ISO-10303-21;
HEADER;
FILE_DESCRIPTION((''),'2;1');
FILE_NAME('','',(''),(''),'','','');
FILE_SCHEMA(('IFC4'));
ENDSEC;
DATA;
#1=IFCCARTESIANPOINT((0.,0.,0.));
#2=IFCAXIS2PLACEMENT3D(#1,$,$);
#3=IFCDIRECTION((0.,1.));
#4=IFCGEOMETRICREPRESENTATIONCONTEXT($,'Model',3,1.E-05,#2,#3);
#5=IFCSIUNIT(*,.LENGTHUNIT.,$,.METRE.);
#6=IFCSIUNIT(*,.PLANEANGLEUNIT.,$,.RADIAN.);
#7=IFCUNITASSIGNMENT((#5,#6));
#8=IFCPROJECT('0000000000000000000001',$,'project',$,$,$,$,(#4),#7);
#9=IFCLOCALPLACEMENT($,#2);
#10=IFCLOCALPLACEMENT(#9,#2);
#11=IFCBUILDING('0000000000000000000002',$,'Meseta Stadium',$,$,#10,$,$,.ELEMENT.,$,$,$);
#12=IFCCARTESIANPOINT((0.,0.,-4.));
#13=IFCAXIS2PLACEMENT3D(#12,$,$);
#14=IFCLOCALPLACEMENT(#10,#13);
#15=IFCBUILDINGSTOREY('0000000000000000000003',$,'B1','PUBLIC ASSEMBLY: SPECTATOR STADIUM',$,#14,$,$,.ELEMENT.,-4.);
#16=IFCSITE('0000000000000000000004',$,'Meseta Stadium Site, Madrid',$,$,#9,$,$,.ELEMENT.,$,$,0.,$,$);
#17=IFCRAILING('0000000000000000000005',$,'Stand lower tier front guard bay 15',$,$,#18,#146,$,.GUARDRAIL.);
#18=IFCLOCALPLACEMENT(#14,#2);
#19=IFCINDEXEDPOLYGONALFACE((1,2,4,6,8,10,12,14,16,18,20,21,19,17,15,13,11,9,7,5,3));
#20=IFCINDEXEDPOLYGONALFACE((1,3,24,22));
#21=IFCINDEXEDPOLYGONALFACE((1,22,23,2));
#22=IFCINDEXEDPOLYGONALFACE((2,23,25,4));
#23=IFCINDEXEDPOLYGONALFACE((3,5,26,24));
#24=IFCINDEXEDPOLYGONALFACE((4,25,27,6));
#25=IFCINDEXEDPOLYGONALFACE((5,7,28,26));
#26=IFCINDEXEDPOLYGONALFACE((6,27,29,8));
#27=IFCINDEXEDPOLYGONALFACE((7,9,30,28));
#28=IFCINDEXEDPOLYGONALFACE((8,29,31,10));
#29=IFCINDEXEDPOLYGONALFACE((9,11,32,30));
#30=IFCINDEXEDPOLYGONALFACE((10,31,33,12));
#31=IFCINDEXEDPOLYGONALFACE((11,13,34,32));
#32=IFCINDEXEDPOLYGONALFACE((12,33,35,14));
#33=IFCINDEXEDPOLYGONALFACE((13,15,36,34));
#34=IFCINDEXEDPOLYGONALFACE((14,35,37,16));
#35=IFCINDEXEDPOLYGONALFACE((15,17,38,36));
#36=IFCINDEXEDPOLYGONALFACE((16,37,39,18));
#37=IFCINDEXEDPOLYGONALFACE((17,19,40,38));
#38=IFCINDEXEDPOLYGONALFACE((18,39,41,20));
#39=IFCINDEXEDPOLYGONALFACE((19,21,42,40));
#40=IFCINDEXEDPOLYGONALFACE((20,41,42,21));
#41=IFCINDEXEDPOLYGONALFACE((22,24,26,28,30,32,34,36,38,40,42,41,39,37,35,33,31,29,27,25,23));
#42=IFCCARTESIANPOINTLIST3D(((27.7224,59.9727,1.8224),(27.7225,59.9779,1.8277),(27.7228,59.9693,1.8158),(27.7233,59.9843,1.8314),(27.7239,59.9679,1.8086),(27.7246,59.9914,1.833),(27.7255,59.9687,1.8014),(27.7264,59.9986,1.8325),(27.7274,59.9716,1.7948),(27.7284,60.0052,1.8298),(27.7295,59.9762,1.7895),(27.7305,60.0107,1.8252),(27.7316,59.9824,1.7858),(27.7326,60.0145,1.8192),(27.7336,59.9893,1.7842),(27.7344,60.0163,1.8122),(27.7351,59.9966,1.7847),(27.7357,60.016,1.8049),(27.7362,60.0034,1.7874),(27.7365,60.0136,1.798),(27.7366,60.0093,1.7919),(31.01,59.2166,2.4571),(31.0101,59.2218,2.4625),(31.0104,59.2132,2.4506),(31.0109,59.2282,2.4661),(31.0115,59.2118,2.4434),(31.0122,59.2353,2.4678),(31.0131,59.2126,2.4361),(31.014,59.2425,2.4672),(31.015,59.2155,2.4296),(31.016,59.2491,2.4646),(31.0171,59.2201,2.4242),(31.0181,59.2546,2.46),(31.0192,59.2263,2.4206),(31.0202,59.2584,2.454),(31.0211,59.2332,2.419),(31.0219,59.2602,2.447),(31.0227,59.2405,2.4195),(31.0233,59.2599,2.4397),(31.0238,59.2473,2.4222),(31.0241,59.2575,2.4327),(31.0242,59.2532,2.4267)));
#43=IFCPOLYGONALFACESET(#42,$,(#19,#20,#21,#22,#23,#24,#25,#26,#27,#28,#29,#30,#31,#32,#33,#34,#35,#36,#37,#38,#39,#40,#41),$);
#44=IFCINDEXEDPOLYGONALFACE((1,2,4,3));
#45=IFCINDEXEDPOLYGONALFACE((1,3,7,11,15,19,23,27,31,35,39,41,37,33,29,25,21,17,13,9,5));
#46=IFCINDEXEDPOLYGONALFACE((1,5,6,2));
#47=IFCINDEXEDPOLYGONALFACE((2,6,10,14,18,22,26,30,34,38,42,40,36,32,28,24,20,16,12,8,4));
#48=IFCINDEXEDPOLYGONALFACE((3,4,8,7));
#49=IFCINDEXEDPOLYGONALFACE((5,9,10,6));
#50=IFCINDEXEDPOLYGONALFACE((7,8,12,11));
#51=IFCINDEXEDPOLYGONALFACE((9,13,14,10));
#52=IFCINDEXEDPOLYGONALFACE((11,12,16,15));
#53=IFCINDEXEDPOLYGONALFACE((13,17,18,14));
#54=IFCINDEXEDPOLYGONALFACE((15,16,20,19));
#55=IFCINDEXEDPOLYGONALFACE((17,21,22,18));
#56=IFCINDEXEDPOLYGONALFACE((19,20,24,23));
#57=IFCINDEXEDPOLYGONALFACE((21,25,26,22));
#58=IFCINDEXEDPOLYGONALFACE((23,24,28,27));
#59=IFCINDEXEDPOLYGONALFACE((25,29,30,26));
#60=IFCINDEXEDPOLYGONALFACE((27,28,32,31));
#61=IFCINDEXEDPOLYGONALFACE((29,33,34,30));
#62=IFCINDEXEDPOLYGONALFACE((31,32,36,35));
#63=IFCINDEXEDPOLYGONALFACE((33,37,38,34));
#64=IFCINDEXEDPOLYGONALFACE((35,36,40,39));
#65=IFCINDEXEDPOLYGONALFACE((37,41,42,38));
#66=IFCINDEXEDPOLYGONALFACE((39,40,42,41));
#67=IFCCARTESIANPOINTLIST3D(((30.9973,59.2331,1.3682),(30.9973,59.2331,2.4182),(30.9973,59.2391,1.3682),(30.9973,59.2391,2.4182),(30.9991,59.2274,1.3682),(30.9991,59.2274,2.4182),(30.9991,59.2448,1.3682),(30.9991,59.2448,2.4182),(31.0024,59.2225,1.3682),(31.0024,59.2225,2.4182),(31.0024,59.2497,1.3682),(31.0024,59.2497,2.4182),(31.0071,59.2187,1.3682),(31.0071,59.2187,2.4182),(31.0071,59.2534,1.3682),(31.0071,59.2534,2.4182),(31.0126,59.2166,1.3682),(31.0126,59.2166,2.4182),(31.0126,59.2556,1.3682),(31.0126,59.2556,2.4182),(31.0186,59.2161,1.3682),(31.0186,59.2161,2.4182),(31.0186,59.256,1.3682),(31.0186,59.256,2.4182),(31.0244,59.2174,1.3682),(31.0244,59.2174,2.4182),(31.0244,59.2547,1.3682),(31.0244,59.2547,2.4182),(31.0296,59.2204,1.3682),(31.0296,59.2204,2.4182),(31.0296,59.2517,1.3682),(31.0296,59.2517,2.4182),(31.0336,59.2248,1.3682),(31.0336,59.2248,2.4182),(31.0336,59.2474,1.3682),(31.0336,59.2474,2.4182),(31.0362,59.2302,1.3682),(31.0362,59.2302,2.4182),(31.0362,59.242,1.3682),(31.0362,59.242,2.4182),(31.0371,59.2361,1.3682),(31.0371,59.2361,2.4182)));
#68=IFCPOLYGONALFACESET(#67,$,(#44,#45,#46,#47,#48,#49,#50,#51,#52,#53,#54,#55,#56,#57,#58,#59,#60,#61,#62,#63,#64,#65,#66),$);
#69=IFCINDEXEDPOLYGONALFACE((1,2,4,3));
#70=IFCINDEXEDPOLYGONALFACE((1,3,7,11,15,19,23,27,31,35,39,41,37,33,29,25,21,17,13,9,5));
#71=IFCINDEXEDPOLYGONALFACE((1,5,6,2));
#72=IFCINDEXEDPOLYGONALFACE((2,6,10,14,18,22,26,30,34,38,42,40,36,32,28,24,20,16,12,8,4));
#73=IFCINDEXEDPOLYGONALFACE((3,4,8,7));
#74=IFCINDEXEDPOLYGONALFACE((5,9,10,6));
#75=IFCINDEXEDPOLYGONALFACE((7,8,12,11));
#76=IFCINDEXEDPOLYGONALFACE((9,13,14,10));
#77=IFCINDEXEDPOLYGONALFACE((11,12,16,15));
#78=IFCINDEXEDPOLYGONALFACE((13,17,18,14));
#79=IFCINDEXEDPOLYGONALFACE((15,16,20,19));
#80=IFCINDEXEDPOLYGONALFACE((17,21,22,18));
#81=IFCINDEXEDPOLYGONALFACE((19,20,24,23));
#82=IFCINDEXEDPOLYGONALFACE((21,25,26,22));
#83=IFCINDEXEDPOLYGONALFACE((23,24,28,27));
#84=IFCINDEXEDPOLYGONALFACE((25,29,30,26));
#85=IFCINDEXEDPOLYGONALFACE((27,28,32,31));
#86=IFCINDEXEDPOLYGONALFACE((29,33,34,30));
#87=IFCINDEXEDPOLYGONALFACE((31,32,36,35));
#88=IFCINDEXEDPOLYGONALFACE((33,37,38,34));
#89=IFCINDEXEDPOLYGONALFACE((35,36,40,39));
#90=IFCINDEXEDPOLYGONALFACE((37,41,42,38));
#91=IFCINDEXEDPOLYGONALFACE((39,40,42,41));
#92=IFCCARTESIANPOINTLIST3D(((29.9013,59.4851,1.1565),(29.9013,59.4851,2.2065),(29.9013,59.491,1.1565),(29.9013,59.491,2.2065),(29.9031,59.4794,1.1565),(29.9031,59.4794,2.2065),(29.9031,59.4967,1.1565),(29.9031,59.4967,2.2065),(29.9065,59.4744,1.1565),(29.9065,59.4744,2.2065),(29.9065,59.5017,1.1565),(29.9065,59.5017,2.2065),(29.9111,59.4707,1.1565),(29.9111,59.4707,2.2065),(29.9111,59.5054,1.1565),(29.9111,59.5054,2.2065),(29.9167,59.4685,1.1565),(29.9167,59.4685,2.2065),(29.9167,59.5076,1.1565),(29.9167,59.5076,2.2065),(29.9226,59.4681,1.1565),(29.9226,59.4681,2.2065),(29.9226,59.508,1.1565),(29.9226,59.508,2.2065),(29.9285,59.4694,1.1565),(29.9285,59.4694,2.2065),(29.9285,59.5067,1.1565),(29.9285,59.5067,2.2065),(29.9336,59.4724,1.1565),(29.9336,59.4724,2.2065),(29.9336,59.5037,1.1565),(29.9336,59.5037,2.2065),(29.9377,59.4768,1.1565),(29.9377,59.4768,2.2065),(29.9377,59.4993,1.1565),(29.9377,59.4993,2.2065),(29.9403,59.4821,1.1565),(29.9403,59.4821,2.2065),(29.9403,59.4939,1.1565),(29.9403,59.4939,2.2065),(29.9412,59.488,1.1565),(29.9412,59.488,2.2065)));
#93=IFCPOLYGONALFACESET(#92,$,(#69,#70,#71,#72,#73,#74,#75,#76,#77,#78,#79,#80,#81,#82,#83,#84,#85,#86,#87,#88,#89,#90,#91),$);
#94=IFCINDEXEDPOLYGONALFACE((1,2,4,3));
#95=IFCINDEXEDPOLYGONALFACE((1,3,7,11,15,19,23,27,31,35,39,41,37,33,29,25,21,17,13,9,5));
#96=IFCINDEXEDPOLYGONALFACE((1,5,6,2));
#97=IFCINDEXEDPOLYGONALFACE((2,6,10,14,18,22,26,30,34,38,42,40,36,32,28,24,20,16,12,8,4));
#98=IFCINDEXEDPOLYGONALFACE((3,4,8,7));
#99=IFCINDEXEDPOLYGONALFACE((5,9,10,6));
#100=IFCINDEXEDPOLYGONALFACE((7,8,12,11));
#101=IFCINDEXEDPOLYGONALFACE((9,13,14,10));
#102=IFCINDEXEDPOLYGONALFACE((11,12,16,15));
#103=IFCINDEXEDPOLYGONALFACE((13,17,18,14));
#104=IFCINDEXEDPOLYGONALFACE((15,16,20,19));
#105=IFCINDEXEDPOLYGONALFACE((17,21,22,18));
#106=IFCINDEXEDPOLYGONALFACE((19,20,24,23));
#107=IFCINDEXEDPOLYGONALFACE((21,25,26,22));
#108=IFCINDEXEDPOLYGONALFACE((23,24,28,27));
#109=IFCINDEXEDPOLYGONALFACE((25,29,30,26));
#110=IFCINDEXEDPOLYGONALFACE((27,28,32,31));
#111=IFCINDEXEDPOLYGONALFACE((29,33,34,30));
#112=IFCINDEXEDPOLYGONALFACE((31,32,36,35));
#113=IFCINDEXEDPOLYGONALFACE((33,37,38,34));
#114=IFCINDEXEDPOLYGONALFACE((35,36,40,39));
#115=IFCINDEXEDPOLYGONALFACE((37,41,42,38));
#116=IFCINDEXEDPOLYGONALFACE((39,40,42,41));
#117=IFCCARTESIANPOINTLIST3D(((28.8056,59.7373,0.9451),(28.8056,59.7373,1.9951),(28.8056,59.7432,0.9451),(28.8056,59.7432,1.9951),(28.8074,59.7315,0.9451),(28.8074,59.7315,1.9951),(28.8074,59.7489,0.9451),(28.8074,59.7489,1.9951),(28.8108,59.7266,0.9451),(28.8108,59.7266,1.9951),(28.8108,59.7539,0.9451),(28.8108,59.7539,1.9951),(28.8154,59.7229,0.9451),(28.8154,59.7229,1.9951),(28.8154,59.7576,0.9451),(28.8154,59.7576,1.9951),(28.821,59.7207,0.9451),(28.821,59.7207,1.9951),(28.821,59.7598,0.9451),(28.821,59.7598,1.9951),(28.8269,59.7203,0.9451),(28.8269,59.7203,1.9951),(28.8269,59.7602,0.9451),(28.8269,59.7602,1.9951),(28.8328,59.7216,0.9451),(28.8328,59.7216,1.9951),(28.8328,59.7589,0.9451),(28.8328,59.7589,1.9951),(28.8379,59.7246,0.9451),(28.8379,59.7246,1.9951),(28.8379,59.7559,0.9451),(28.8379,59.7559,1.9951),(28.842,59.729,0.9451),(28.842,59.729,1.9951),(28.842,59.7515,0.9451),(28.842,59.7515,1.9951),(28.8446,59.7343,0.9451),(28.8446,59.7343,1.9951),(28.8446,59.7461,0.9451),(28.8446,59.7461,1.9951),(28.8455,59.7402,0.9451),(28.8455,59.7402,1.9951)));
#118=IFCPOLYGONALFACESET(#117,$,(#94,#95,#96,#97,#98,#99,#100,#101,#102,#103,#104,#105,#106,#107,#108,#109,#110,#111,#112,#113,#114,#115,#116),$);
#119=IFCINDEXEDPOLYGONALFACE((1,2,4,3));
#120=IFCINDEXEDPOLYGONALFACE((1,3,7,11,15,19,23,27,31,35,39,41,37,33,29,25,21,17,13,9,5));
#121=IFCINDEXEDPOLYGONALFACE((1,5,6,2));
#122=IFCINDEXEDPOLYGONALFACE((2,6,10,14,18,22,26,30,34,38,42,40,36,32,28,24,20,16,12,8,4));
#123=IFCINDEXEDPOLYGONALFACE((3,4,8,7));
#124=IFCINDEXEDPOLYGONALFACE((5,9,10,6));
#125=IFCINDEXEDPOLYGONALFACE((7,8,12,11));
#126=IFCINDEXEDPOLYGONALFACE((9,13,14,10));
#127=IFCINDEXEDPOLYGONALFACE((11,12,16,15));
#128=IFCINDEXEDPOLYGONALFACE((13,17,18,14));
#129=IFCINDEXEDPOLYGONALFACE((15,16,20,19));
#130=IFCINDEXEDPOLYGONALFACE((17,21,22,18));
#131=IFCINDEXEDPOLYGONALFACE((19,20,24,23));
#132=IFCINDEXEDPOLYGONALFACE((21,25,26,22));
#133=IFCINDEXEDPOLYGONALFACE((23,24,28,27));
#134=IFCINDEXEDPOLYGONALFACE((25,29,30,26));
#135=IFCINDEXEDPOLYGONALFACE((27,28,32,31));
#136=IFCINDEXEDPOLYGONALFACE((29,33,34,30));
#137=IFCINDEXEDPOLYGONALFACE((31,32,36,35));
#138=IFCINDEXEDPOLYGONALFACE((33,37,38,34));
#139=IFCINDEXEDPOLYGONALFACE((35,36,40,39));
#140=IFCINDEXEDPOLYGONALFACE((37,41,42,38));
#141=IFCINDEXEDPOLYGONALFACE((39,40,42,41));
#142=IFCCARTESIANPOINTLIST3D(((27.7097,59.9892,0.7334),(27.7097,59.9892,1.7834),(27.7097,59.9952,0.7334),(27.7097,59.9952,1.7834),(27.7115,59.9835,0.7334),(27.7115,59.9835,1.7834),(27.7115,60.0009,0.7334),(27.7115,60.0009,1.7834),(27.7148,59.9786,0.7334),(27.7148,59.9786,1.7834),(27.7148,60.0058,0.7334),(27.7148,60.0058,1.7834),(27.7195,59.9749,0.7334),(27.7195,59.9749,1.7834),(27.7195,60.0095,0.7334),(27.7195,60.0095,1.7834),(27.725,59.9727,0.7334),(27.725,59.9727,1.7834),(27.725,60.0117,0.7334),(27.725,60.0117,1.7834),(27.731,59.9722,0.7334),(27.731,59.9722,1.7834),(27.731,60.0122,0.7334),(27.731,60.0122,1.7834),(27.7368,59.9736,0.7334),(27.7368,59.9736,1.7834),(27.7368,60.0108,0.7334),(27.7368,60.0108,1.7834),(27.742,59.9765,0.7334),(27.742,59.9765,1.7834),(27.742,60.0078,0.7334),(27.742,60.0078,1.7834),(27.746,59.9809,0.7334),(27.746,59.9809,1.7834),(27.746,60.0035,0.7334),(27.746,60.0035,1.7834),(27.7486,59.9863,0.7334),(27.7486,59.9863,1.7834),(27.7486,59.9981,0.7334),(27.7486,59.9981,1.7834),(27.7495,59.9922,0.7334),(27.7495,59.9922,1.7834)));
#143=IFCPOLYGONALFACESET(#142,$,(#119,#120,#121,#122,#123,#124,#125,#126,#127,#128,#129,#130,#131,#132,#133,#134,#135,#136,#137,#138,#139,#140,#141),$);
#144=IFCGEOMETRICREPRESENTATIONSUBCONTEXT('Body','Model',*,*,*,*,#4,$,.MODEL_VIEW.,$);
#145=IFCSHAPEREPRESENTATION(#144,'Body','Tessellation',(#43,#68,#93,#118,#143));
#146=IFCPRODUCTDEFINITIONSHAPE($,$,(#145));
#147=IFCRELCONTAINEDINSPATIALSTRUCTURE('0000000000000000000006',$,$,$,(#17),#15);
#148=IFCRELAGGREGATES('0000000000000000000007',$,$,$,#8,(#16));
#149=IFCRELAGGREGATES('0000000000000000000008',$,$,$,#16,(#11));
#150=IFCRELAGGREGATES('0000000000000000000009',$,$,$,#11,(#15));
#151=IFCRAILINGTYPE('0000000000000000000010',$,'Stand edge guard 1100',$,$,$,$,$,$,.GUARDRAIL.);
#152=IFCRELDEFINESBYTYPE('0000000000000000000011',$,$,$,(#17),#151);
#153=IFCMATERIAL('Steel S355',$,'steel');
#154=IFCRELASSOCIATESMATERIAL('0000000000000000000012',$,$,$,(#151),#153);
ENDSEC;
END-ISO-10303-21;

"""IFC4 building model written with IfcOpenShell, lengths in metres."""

from ifc_helpers import new_model, si_unit, direction, frame, origin, origin_2d, place, context, subcontext, project, spatial, circle, extrude, material, type_object, element, save


model = new_model("IFC4")

# Units and contexts
model_context = context("Model", 3, precision=1e-05, world=origin(), true_north=direction((0.0, 1.0)))
body_context = subcontext(model_context, "Body", "Model", "MODEL_VIEW")
ifc_project = project(units=[si_unit("LENGTHUNIT", "METRE"), si_unit("PLANEANGLEUNIT", "RADIAN")], contexts=[model_context])

# Site, building, storey
site_placement = place(None, origin())
site = spatial("IfcSite", under=ifc_project, at=site_placement, Name="Meseta Stadium Site, Madrid", CompositionType="ELEMENT", RefElevation=0.0)
building_placement = place(site_placement, origin())
building = spatial("IfcBuilding", under=site, at=building_placement, Name="Meseta Stadium", CompositionType="ELEMENT")
storey_placement = place(building_placement, frame((0.0, 0.0, -4.0)))
storey = spatial("IfcBuildingStorey", under=building, at=storey_placement, Name="B1", Description="PUBLIC ASSEMBLY: SPECTATOR STADIUM", CompositionType="ELEMENT", Elevation=-4.0)

# Railing
ifc_material_1 = material(Name="Steel S355", Category="steel")
railing_type = type_object("IfcRailingType", Name="Stand edge guard 1100", PredefinedType="GUARDRAIL", material=ifc_material_1)
railing_1_placement = place(storey_placement, frame((31.0171, 59.2361, 1.3682)))
element("IfcRailing", 1, at=railing_1_placement, inside=storey, type_object=railing_type, Name="Stand lower tier front guard bay 15", PredefinedType="GUARDRAIL", context=body_context, shape_type="SweptSolid", body=[
    extrude(circle(Radius=0.0249, at=origin_2d()), frame((0.0, 0.0, 1.0752), z_axis=(-0.95775, 0.22027, -0.184921), x_axis=(-0.224135, -0.974558, 0.0)), (0.0, 0.0, 1.0), 3.4326),
    extrude(circle(Radius=0.02, at=origin_2d()), origin(), (0.0, 0.0, 1.0), 1.05),
    extrude(circle(Radius=0.02, at=origin_2d()), frame((-1.0959, 0.252, -0.2117)), (0.0, 0.0, 1.0), 1.05),
    extrude(circle(Radius=0.02, at=origin_2d()), frame((-2.1917, 0.5042, -0.4231)), (0.0, 0.0, 1.0), 1.05),
    extrude(circle(Radius=0.02, at=origin_2d()), frame((-3.2876, 0.7561, -0.6348)), (0.0, 0.0, 1.0), 1.05),
])

save(model, "model.ifc")
